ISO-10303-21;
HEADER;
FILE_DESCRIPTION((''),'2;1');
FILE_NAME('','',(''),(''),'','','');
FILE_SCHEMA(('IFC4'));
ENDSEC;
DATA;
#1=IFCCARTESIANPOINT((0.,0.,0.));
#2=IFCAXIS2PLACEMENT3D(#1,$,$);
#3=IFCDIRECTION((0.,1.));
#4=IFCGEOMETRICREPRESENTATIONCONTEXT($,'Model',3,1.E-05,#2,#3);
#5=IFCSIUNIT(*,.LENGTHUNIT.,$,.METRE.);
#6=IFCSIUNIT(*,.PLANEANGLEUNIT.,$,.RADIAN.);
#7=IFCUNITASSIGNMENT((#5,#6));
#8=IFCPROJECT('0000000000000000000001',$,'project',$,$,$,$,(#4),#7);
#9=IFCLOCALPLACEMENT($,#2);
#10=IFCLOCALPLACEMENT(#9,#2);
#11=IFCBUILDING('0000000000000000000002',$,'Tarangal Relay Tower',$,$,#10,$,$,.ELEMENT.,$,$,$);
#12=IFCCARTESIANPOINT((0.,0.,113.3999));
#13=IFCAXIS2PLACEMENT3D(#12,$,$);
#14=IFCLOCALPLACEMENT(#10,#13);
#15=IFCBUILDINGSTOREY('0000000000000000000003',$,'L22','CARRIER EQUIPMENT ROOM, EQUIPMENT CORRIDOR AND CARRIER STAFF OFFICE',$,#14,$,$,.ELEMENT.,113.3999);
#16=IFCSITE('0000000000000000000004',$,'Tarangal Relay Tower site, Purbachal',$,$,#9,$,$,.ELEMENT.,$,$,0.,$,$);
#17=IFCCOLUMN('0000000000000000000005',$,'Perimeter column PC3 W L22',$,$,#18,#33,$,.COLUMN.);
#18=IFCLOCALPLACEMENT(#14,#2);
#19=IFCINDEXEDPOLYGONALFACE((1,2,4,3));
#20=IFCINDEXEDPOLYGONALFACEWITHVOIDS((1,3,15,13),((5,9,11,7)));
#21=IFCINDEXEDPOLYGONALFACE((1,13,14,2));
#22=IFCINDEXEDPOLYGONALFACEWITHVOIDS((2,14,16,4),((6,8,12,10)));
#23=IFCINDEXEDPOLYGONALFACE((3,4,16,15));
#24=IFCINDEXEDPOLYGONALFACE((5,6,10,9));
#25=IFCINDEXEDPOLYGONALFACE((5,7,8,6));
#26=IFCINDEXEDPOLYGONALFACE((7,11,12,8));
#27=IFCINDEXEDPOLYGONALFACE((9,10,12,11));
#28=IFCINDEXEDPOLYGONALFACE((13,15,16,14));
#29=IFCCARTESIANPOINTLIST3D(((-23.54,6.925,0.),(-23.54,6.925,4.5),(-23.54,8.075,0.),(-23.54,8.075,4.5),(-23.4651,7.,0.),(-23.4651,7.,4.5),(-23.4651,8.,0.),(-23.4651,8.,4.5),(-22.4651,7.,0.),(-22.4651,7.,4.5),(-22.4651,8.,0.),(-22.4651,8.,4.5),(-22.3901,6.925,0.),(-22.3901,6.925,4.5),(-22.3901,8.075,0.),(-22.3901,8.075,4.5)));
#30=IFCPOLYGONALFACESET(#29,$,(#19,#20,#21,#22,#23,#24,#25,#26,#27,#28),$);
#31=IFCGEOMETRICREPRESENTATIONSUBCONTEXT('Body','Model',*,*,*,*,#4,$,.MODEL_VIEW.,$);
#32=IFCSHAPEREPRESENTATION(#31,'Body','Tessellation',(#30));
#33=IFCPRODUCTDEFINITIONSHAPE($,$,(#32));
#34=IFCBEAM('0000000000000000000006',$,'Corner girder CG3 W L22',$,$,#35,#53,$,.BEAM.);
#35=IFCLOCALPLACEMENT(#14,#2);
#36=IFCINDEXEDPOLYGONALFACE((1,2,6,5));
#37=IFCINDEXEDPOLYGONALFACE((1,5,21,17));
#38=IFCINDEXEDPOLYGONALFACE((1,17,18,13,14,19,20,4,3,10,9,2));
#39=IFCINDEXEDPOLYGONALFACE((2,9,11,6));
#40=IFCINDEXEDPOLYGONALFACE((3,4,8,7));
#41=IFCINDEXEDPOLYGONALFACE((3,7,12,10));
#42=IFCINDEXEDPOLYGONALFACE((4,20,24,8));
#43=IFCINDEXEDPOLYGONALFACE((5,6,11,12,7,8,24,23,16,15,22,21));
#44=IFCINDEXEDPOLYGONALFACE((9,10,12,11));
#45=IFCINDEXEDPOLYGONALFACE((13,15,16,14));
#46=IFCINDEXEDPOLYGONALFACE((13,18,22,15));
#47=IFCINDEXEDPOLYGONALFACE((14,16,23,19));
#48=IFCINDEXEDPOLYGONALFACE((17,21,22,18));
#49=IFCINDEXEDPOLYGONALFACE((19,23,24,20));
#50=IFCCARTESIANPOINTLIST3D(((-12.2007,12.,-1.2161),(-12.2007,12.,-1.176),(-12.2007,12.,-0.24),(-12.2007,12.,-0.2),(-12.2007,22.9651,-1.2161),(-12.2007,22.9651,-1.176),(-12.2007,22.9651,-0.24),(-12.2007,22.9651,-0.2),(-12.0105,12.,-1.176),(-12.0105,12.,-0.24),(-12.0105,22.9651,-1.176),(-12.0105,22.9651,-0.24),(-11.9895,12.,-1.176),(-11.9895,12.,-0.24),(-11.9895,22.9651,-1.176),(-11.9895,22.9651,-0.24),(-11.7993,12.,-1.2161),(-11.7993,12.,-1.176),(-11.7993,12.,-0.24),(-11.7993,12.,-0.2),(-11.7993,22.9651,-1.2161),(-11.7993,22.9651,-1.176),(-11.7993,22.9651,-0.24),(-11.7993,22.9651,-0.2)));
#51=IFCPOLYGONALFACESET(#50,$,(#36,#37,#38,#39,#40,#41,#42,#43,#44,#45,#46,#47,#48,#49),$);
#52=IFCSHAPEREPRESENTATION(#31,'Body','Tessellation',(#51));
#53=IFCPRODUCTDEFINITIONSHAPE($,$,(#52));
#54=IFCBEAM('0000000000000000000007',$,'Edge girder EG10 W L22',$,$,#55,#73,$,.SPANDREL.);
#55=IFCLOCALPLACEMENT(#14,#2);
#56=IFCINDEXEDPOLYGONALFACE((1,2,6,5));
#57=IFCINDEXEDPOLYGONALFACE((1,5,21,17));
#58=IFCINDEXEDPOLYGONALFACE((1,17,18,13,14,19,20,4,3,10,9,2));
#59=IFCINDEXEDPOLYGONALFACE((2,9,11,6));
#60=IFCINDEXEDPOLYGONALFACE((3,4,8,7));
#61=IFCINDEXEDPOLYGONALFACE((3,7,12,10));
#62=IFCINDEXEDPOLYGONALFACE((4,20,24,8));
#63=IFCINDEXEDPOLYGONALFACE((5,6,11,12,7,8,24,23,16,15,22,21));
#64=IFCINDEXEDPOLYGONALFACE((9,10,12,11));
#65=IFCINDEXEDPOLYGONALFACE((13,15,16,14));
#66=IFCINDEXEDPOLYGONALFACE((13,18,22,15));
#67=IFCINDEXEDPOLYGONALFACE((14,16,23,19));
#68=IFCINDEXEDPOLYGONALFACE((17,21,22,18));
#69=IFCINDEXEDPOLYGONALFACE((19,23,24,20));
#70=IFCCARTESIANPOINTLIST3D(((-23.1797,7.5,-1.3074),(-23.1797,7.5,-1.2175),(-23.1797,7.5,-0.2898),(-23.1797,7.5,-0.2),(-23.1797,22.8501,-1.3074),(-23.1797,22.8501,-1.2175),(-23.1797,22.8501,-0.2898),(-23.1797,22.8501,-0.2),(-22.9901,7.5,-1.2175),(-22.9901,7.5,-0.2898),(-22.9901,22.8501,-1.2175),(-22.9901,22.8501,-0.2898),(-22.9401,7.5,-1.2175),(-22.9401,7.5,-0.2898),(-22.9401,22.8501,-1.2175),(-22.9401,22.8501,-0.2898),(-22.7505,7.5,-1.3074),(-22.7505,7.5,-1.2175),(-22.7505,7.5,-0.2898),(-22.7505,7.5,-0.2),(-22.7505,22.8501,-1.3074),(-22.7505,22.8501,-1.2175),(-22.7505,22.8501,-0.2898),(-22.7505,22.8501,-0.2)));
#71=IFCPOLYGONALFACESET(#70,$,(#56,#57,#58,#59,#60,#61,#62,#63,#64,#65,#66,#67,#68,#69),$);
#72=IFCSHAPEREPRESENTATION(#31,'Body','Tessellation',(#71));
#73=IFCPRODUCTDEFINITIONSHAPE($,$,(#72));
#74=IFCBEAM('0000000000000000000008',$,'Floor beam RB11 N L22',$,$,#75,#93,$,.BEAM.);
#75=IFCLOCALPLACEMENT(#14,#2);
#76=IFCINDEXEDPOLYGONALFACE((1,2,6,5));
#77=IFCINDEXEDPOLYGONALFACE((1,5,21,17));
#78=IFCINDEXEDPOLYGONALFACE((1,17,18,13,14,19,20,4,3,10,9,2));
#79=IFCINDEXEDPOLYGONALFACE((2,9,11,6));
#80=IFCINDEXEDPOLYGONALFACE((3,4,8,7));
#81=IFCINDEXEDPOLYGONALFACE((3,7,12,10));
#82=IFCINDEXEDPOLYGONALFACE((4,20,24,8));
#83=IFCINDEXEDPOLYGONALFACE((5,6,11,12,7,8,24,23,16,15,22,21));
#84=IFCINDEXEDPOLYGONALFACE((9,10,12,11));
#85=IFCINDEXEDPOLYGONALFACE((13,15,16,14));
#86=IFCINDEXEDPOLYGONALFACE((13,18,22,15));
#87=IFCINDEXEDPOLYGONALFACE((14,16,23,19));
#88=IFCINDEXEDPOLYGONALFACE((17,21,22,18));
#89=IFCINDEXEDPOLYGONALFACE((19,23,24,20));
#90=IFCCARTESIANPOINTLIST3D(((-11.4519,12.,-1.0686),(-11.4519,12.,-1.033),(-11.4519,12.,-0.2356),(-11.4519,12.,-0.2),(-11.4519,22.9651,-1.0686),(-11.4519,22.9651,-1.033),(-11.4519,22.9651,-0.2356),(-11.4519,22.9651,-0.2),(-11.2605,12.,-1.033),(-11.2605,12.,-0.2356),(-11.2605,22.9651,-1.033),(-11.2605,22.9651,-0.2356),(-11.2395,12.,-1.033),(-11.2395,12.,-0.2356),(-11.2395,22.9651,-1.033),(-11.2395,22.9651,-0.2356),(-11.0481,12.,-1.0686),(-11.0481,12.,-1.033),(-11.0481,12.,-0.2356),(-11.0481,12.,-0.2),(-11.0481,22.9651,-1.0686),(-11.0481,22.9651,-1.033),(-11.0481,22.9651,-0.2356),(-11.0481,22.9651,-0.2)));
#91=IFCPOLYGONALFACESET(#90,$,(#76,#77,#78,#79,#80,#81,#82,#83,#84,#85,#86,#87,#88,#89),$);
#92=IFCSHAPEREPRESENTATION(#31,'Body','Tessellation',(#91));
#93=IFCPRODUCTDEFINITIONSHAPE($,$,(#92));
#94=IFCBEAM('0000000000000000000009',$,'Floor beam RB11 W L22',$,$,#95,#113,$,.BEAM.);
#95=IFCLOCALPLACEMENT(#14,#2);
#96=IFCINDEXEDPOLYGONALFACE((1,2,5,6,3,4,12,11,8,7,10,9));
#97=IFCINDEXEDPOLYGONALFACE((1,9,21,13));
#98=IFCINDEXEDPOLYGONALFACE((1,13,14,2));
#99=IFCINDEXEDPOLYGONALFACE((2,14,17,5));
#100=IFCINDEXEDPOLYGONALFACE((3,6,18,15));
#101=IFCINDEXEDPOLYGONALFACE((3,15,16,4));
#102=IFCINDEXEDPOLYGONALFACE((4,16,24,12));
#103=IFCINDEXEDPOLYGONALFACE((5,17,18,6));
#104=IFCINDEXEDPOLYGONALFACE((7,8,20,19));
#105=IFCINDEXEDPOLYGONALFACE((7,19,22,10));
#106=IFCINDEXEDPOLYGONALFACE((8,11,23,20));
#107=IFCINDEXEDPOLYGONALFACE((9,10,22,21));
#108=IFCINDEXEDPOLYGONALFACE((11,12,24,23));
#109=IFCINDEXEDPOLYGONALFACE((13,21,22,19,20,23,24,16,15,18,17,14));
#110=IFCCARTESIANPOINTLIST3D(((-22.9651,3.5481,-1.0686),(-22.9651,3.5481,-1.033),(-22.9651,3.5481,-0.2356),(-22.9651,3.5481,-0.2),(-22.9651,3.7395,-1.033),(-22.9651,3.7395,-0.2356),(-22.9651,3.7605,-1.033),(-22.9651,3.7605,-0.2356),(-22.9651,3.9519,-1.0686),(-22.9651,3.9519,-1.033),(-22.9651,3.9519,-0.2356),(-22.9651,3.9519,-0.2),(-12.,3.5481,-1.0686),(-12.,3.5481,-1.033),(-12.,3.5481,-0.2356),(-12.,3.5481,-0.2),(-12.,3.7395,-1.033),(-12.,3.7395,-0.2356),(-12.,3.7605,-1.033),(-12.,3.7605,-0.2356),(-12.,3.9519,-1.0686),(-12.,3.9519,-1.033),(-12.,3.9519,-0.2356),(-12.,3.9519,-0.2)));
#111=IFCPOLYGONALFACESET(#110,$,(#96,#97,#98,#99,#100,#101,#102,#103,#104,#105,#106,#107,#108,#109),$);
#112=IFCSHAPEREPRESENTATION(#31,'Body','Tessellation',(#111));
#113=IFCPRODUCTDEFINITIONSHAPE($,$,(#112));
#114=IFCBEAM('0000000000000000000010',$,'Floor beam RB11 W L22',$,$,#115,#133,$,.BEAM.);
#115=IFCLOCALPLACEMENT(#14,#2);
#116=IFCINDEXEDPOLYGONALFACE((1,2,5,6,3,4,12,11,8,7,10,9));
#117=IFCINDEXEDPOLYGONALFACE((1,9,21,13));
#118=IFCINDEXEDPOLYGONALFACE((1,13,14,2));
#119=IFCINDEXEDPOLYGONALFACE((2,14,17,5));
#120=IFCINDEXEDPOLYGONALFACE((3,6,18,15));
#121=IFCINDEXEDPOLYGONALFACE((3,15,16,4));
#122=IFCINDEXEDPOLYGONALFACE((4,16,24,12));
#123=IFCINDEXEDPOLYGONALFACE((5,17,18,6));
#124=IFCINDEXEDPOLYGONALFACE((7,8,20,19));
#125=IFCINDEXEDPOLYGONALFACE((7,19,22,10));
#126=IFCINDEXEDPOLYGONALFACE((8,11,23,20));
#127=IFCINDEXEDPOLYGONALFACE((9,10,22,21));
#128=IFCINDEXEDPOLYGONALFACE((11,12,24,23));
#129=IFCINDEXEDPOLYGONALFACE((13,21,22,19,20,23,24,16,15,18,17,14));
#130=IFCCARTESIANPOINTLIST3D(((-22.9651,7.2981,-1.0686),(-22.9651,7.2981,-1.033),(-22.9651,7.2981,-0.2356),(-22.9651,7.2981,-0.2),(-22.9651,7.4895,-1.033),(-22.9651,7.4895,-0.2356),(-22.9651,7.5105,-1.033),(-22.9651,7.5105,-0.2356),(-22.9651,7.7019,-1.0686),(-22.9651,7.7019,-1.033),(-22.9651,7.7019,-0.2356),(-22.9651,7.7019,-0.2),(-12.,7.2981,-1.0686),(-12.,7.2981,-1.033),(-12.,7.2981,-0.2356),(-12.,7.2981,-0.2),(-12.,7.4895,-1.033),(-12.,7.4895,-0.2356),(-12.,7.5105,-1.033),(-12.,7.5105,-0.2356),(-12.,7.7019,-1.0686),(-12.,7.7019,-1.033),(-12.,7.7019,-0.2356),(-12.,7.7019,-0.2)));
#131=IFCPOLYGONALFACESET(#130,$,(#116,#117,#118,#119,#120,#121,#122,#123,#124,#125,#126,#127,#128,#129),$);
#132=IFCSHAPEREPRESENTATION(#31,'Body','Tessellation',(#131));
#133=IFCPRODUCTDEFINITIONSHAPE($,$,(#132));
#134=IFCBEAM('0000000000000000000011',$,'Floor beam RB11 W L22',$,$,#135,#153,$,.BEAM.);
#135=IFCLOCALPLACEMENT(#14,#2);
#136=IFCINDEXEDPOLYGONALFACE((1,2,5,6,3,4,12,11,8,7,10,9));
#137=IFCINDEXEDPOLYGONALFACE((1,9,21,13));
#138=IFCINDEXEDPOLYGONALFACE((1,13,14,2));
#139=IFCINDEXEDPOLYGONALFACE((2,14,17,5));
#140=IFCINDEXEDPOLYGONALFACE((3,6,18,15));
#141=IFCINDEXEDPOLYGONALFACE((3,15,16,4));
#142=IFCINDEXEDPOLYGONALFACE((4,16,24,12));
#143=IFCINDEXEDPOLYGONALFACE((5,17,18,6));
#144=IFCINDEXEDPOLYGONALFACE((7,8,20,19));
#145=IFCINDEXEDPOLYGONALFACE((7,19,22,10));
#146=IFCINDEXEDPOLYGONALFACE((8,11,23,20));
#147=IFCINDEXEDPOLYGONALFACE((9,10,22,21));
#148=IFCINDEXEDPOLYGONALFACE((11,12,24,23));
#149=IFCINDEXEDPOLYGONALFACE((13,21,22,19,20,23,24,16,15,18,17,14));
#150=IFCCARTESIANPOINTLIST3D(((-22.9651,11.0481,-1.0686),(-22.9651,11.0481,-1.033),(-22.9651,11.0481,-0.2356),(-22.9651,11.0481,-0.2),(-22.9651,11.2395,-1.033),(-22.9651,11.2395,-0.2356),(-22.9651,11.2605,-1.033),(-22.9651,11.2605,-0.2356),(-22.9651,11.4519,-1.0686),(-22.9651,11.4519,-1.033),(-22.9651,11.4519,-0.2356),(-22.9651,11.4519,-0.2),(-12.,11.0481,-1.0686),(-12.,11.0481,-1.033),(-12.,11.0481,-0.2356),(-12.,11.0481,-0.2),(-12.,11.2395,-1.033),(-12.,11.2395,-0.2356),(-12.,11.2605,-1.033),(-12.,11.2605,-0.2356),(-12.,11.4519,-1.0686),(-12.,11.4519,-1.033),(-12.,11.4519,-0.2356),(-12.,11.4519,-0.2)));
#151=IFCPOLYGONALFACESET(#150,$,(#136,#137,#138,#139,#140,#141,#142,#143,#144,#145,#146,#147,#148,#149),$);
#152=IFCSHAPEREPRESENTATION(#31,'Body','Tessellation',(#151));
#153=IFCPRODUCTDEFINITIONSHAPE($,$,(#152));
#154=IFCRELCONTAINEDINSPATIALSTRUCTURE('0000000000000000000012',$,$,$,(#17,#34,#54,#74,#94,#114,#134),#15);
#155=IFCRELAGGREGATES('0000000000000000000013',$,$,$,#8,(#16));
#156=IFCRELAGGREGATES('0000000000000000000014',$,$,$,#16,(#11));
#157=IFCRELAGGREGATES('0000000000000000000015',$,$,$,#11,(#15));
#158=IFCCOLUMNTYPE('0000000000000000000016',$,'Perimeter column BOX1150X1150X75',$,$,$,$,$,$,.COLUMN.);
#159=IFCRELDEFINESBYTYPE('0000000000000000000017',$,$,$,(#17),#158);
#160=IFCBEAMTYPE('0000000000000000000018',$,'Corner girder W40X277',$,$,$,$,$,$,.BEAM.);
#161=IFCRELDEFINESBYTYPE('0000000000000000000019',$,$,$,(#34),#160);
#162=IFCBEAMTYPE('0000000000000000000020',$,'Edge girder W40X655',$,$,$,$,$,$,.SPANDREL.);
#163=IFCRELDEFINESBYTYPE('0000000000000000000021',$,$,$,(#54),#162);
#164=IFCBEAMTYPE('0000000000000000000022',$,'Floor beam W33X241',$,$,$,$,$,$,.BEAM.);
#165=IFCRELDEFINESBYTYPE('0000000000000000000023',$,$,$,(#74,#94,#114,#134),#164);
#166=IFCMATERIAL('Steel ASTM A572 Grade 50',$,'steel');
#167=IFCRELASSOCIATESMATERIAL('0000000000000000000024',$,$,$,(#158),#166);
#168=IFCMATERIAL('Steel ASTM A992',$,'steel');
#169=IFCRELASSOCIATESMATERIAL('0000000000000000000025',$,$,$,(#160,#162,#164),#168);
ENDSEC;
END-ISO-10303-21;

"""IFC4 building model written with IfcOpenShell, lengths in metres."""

from ifc_helpers import new_model, si_unit, direction, frame, origin, origin_2d, place, context, subcontext, project, spatial, hollow_rectangle, i_section, extrude, material, material_profile, profile_set, type_object, element, save


model = new_model("IFC4")

# Units and contexts
model_context = context("Model", 3, precision=1e-05, world=origin(), true_north=direction((0.0, 1.0)))
body_context = subcontext(model_context, "Body", "Model", "MODEL_VIEW")
ifc_project = project(units=[si_unit("LENGTHUNIT", "METRE"), si_unit("PLANEANGLEUNIT", "RADIAN")], contexts=[model_context])

# Site, building, storey
site_placement = place(None, origin())
site = spatial("IfcSite", under=ifc_project, at=site_placement, Name="Tarangal Relay Tower site, Purbachal", CompositionType="ELEMENT", RefElevation=0.0)
building_placement = place(site_placement, origin())
building = spatial("IfcBuilding", under=site, at=building_placement, Name="Tarangal Relay Tower", CompositionType="ELEMENT")
storey_placement = place(building_placement, frame((0.0, 0.0, 113.3999)))
storey = spatial("IfcBuildingStorey", under=building, at=storey_placement, Name="L22", Description="CARRIER EQUIPMENT ROOM, EQUIPMENT CORRIDOR AND CARRIER STAFF OFFICE", CompositionType="ELEMENT", Elevation=113.3999)

# Column
ifc_material_1 = material(Name="Steel ASTM A572 Grade 50", Category="steel")
ifc_material_profile_1 = material_profile(ifc_material_1, hollow_rectangle(XDim=1.1499, YDim=1.1499, WallThickness=0.075, at=origin_2d()), Name="BOX1150X1150X75")
ifc_profile_set_1 = profile_set([ifc_material_profile_1], Name="Steel ASTM A572 Grade 50")
column_type = type_object("IfcColumnType", Name="Perimeter column BOX1150X1150X75", PredefinedType="COLUMN", material=ifc_profile_set_1)
column_placement = place(storey_placement, frame((-22.9651, 7.5, 0.0), z_axis=(0.0, 0.0, 1.0), x_axis=(1.0, 0.0, 0.0)))
element("IfcColumn", 1, at=column_placement, inside=storey, type_object=column_type, Name="Perimeter column PC3 W L22", PredefinedType="COLUMN", context=body_context, shape_type="SweptSolid", body=[
    extrude(hollow_rectangle(XDim=1.1499, YDim=1.1499, WallThickness=0.075, at=origin_2d()), origin(), (0.0, 0.0, 1.0), 4.5),
])

# Beams
ifc_material_2 = material(Name="Steel ASTM A992", Category="steel")
ifc_material_profile_2 = material_profile(ifc_material_2, i_section(OverallWidth=0.4014, OverallDepth=1.0161, WebThickness=0.021, FlangeThickness=0.04, at=origin_2d()), Name="W40X277")
ifc_profile_set_2 = profile_set([ifc_material_profile_2], Name="Steel ASTM A992")
beam_type_1 = type_object("IfcBeamType", Name="Corner girder W40X277", PredefinedType="BEAM", material=ifc_profile_set_2)
beam_1_placement = place(storey_placement, frame((-12.0, 12.0, -0.708), z_axis=(0.0, 1.0, 0.0), x_axis=(-1.0, 0.0, 0.0)))
element("IfcBeam", 2, at=beam_1_placement, inside=storey, type_object=beam_type_1, Name="Corner girder CG3 W L22", PredefinedType="BEAM", context=body_context, shape_type="SweptSolid", body=[
    extrude(i_section(OverallWidth=0.4014, OverallDepth=1.0161, WebThickness=0.021, FlangeThickness=0.04, at=origin_2d()), origin(), (0.0, 0.0, 1.0), 10.9651),
])
ifc_material_profile_3 = material_profile(ifc_material_2, i_section(OverallWidth=0.4292, OverallDepth=1.1074, WebThickness=0.05, FlangeThickness=0.0898, at=origin_2d()), Name="W40X655")
ifc_profile_set_3 = profile_set([ifc_material_profile_3], Name="Steel ASTM A992")
beam_type_2 = type_object("IfcBeamType", Name="Edge girder W40X655", PredefinedType="SPANDREL", material=ifc_profile_set_3)
beam_2_placement = place(storey_placement, frame((-22.9651, 7.5, -0.7537), z_axis=(0.0, 1.0, 0.0), x_axis=(-1.0, 0.0, 0.0)))
element("IfcBeam", 3, at=beam_2_placement, inside=storey, type_object=beam_type_2, Name="Edge girder EG10 W L22", PredefinedType="SPANDREL", context=body_context, shape_type="SweptSolid", body=[
    extrude(i_section(OverallWidth=0.4292, OverallDepth=1.1074, WebThickness=0.05, FlangeThickness=0.0898, at=origin_2d()), origin(), (0.0, 0.0, 1.0), 15.3501),
])
ifc_material_profile_4 = material_profile(ifc_material_2, i_section(OverallWidth=0.4038, OverallDepth=0.8687, WebThickness=0.021, FlangeThickness=0.0356, at=origin_2d()), Name="W33X241")
ifc_profile_set_4 = profile_set([ifc_material_profile_4], Name="Steel ASTM A992")
beam_type_3 = type_object("IfcBeamType", Name="Floor beam W33X241", PredefinedType="BEAM", material=ifc_profile_set_4)
for number, where, z_axis, x_axis, name in (
    (4, (-11.25, 12.0, -0.6343), (0.0, 1.0, 0.0), (-1.0, 0.0, 0.0), "Floor beam RB11 N L22"),
    (5, (-12.0, 3.75, -0.6343), (-1.0, 0.0, 0.0), (0.0, -1.0, 0.0), "Floor beam RB11 W L22"),
    (6, (-12.0, 7.5, -0.6343), (-1.0, 0.0, 0.0), (0.0, -1.0, 0.0), "Floor beam RB11 W L22"),
    (7, (-12.0, 11.25, -0.6343), (-1.0, 0.0, 0.0), (0.0, -1.0, 0.0), "Floor beam RB11 W L22"),
):
    element("IfcBeam", number, at=place(storey_placement, frame(where, z_axis=z_axis, x_axis=x_axis)), inside=storey, type_object=beam_type_3, Name=name, PredefinedType="BEAM", context=body_context, shape_type="SweptSolid", body=[
        extrude(i_section(OverallWidth=0.4038, OverallDepth=0.8687, WebThickness=0.021, FlangeThickness=0.0356, at=origin_2d()), origin(), (0.0, 0.0, 1.0), 10.9651),
    ])

save(model, "model.ifc")
